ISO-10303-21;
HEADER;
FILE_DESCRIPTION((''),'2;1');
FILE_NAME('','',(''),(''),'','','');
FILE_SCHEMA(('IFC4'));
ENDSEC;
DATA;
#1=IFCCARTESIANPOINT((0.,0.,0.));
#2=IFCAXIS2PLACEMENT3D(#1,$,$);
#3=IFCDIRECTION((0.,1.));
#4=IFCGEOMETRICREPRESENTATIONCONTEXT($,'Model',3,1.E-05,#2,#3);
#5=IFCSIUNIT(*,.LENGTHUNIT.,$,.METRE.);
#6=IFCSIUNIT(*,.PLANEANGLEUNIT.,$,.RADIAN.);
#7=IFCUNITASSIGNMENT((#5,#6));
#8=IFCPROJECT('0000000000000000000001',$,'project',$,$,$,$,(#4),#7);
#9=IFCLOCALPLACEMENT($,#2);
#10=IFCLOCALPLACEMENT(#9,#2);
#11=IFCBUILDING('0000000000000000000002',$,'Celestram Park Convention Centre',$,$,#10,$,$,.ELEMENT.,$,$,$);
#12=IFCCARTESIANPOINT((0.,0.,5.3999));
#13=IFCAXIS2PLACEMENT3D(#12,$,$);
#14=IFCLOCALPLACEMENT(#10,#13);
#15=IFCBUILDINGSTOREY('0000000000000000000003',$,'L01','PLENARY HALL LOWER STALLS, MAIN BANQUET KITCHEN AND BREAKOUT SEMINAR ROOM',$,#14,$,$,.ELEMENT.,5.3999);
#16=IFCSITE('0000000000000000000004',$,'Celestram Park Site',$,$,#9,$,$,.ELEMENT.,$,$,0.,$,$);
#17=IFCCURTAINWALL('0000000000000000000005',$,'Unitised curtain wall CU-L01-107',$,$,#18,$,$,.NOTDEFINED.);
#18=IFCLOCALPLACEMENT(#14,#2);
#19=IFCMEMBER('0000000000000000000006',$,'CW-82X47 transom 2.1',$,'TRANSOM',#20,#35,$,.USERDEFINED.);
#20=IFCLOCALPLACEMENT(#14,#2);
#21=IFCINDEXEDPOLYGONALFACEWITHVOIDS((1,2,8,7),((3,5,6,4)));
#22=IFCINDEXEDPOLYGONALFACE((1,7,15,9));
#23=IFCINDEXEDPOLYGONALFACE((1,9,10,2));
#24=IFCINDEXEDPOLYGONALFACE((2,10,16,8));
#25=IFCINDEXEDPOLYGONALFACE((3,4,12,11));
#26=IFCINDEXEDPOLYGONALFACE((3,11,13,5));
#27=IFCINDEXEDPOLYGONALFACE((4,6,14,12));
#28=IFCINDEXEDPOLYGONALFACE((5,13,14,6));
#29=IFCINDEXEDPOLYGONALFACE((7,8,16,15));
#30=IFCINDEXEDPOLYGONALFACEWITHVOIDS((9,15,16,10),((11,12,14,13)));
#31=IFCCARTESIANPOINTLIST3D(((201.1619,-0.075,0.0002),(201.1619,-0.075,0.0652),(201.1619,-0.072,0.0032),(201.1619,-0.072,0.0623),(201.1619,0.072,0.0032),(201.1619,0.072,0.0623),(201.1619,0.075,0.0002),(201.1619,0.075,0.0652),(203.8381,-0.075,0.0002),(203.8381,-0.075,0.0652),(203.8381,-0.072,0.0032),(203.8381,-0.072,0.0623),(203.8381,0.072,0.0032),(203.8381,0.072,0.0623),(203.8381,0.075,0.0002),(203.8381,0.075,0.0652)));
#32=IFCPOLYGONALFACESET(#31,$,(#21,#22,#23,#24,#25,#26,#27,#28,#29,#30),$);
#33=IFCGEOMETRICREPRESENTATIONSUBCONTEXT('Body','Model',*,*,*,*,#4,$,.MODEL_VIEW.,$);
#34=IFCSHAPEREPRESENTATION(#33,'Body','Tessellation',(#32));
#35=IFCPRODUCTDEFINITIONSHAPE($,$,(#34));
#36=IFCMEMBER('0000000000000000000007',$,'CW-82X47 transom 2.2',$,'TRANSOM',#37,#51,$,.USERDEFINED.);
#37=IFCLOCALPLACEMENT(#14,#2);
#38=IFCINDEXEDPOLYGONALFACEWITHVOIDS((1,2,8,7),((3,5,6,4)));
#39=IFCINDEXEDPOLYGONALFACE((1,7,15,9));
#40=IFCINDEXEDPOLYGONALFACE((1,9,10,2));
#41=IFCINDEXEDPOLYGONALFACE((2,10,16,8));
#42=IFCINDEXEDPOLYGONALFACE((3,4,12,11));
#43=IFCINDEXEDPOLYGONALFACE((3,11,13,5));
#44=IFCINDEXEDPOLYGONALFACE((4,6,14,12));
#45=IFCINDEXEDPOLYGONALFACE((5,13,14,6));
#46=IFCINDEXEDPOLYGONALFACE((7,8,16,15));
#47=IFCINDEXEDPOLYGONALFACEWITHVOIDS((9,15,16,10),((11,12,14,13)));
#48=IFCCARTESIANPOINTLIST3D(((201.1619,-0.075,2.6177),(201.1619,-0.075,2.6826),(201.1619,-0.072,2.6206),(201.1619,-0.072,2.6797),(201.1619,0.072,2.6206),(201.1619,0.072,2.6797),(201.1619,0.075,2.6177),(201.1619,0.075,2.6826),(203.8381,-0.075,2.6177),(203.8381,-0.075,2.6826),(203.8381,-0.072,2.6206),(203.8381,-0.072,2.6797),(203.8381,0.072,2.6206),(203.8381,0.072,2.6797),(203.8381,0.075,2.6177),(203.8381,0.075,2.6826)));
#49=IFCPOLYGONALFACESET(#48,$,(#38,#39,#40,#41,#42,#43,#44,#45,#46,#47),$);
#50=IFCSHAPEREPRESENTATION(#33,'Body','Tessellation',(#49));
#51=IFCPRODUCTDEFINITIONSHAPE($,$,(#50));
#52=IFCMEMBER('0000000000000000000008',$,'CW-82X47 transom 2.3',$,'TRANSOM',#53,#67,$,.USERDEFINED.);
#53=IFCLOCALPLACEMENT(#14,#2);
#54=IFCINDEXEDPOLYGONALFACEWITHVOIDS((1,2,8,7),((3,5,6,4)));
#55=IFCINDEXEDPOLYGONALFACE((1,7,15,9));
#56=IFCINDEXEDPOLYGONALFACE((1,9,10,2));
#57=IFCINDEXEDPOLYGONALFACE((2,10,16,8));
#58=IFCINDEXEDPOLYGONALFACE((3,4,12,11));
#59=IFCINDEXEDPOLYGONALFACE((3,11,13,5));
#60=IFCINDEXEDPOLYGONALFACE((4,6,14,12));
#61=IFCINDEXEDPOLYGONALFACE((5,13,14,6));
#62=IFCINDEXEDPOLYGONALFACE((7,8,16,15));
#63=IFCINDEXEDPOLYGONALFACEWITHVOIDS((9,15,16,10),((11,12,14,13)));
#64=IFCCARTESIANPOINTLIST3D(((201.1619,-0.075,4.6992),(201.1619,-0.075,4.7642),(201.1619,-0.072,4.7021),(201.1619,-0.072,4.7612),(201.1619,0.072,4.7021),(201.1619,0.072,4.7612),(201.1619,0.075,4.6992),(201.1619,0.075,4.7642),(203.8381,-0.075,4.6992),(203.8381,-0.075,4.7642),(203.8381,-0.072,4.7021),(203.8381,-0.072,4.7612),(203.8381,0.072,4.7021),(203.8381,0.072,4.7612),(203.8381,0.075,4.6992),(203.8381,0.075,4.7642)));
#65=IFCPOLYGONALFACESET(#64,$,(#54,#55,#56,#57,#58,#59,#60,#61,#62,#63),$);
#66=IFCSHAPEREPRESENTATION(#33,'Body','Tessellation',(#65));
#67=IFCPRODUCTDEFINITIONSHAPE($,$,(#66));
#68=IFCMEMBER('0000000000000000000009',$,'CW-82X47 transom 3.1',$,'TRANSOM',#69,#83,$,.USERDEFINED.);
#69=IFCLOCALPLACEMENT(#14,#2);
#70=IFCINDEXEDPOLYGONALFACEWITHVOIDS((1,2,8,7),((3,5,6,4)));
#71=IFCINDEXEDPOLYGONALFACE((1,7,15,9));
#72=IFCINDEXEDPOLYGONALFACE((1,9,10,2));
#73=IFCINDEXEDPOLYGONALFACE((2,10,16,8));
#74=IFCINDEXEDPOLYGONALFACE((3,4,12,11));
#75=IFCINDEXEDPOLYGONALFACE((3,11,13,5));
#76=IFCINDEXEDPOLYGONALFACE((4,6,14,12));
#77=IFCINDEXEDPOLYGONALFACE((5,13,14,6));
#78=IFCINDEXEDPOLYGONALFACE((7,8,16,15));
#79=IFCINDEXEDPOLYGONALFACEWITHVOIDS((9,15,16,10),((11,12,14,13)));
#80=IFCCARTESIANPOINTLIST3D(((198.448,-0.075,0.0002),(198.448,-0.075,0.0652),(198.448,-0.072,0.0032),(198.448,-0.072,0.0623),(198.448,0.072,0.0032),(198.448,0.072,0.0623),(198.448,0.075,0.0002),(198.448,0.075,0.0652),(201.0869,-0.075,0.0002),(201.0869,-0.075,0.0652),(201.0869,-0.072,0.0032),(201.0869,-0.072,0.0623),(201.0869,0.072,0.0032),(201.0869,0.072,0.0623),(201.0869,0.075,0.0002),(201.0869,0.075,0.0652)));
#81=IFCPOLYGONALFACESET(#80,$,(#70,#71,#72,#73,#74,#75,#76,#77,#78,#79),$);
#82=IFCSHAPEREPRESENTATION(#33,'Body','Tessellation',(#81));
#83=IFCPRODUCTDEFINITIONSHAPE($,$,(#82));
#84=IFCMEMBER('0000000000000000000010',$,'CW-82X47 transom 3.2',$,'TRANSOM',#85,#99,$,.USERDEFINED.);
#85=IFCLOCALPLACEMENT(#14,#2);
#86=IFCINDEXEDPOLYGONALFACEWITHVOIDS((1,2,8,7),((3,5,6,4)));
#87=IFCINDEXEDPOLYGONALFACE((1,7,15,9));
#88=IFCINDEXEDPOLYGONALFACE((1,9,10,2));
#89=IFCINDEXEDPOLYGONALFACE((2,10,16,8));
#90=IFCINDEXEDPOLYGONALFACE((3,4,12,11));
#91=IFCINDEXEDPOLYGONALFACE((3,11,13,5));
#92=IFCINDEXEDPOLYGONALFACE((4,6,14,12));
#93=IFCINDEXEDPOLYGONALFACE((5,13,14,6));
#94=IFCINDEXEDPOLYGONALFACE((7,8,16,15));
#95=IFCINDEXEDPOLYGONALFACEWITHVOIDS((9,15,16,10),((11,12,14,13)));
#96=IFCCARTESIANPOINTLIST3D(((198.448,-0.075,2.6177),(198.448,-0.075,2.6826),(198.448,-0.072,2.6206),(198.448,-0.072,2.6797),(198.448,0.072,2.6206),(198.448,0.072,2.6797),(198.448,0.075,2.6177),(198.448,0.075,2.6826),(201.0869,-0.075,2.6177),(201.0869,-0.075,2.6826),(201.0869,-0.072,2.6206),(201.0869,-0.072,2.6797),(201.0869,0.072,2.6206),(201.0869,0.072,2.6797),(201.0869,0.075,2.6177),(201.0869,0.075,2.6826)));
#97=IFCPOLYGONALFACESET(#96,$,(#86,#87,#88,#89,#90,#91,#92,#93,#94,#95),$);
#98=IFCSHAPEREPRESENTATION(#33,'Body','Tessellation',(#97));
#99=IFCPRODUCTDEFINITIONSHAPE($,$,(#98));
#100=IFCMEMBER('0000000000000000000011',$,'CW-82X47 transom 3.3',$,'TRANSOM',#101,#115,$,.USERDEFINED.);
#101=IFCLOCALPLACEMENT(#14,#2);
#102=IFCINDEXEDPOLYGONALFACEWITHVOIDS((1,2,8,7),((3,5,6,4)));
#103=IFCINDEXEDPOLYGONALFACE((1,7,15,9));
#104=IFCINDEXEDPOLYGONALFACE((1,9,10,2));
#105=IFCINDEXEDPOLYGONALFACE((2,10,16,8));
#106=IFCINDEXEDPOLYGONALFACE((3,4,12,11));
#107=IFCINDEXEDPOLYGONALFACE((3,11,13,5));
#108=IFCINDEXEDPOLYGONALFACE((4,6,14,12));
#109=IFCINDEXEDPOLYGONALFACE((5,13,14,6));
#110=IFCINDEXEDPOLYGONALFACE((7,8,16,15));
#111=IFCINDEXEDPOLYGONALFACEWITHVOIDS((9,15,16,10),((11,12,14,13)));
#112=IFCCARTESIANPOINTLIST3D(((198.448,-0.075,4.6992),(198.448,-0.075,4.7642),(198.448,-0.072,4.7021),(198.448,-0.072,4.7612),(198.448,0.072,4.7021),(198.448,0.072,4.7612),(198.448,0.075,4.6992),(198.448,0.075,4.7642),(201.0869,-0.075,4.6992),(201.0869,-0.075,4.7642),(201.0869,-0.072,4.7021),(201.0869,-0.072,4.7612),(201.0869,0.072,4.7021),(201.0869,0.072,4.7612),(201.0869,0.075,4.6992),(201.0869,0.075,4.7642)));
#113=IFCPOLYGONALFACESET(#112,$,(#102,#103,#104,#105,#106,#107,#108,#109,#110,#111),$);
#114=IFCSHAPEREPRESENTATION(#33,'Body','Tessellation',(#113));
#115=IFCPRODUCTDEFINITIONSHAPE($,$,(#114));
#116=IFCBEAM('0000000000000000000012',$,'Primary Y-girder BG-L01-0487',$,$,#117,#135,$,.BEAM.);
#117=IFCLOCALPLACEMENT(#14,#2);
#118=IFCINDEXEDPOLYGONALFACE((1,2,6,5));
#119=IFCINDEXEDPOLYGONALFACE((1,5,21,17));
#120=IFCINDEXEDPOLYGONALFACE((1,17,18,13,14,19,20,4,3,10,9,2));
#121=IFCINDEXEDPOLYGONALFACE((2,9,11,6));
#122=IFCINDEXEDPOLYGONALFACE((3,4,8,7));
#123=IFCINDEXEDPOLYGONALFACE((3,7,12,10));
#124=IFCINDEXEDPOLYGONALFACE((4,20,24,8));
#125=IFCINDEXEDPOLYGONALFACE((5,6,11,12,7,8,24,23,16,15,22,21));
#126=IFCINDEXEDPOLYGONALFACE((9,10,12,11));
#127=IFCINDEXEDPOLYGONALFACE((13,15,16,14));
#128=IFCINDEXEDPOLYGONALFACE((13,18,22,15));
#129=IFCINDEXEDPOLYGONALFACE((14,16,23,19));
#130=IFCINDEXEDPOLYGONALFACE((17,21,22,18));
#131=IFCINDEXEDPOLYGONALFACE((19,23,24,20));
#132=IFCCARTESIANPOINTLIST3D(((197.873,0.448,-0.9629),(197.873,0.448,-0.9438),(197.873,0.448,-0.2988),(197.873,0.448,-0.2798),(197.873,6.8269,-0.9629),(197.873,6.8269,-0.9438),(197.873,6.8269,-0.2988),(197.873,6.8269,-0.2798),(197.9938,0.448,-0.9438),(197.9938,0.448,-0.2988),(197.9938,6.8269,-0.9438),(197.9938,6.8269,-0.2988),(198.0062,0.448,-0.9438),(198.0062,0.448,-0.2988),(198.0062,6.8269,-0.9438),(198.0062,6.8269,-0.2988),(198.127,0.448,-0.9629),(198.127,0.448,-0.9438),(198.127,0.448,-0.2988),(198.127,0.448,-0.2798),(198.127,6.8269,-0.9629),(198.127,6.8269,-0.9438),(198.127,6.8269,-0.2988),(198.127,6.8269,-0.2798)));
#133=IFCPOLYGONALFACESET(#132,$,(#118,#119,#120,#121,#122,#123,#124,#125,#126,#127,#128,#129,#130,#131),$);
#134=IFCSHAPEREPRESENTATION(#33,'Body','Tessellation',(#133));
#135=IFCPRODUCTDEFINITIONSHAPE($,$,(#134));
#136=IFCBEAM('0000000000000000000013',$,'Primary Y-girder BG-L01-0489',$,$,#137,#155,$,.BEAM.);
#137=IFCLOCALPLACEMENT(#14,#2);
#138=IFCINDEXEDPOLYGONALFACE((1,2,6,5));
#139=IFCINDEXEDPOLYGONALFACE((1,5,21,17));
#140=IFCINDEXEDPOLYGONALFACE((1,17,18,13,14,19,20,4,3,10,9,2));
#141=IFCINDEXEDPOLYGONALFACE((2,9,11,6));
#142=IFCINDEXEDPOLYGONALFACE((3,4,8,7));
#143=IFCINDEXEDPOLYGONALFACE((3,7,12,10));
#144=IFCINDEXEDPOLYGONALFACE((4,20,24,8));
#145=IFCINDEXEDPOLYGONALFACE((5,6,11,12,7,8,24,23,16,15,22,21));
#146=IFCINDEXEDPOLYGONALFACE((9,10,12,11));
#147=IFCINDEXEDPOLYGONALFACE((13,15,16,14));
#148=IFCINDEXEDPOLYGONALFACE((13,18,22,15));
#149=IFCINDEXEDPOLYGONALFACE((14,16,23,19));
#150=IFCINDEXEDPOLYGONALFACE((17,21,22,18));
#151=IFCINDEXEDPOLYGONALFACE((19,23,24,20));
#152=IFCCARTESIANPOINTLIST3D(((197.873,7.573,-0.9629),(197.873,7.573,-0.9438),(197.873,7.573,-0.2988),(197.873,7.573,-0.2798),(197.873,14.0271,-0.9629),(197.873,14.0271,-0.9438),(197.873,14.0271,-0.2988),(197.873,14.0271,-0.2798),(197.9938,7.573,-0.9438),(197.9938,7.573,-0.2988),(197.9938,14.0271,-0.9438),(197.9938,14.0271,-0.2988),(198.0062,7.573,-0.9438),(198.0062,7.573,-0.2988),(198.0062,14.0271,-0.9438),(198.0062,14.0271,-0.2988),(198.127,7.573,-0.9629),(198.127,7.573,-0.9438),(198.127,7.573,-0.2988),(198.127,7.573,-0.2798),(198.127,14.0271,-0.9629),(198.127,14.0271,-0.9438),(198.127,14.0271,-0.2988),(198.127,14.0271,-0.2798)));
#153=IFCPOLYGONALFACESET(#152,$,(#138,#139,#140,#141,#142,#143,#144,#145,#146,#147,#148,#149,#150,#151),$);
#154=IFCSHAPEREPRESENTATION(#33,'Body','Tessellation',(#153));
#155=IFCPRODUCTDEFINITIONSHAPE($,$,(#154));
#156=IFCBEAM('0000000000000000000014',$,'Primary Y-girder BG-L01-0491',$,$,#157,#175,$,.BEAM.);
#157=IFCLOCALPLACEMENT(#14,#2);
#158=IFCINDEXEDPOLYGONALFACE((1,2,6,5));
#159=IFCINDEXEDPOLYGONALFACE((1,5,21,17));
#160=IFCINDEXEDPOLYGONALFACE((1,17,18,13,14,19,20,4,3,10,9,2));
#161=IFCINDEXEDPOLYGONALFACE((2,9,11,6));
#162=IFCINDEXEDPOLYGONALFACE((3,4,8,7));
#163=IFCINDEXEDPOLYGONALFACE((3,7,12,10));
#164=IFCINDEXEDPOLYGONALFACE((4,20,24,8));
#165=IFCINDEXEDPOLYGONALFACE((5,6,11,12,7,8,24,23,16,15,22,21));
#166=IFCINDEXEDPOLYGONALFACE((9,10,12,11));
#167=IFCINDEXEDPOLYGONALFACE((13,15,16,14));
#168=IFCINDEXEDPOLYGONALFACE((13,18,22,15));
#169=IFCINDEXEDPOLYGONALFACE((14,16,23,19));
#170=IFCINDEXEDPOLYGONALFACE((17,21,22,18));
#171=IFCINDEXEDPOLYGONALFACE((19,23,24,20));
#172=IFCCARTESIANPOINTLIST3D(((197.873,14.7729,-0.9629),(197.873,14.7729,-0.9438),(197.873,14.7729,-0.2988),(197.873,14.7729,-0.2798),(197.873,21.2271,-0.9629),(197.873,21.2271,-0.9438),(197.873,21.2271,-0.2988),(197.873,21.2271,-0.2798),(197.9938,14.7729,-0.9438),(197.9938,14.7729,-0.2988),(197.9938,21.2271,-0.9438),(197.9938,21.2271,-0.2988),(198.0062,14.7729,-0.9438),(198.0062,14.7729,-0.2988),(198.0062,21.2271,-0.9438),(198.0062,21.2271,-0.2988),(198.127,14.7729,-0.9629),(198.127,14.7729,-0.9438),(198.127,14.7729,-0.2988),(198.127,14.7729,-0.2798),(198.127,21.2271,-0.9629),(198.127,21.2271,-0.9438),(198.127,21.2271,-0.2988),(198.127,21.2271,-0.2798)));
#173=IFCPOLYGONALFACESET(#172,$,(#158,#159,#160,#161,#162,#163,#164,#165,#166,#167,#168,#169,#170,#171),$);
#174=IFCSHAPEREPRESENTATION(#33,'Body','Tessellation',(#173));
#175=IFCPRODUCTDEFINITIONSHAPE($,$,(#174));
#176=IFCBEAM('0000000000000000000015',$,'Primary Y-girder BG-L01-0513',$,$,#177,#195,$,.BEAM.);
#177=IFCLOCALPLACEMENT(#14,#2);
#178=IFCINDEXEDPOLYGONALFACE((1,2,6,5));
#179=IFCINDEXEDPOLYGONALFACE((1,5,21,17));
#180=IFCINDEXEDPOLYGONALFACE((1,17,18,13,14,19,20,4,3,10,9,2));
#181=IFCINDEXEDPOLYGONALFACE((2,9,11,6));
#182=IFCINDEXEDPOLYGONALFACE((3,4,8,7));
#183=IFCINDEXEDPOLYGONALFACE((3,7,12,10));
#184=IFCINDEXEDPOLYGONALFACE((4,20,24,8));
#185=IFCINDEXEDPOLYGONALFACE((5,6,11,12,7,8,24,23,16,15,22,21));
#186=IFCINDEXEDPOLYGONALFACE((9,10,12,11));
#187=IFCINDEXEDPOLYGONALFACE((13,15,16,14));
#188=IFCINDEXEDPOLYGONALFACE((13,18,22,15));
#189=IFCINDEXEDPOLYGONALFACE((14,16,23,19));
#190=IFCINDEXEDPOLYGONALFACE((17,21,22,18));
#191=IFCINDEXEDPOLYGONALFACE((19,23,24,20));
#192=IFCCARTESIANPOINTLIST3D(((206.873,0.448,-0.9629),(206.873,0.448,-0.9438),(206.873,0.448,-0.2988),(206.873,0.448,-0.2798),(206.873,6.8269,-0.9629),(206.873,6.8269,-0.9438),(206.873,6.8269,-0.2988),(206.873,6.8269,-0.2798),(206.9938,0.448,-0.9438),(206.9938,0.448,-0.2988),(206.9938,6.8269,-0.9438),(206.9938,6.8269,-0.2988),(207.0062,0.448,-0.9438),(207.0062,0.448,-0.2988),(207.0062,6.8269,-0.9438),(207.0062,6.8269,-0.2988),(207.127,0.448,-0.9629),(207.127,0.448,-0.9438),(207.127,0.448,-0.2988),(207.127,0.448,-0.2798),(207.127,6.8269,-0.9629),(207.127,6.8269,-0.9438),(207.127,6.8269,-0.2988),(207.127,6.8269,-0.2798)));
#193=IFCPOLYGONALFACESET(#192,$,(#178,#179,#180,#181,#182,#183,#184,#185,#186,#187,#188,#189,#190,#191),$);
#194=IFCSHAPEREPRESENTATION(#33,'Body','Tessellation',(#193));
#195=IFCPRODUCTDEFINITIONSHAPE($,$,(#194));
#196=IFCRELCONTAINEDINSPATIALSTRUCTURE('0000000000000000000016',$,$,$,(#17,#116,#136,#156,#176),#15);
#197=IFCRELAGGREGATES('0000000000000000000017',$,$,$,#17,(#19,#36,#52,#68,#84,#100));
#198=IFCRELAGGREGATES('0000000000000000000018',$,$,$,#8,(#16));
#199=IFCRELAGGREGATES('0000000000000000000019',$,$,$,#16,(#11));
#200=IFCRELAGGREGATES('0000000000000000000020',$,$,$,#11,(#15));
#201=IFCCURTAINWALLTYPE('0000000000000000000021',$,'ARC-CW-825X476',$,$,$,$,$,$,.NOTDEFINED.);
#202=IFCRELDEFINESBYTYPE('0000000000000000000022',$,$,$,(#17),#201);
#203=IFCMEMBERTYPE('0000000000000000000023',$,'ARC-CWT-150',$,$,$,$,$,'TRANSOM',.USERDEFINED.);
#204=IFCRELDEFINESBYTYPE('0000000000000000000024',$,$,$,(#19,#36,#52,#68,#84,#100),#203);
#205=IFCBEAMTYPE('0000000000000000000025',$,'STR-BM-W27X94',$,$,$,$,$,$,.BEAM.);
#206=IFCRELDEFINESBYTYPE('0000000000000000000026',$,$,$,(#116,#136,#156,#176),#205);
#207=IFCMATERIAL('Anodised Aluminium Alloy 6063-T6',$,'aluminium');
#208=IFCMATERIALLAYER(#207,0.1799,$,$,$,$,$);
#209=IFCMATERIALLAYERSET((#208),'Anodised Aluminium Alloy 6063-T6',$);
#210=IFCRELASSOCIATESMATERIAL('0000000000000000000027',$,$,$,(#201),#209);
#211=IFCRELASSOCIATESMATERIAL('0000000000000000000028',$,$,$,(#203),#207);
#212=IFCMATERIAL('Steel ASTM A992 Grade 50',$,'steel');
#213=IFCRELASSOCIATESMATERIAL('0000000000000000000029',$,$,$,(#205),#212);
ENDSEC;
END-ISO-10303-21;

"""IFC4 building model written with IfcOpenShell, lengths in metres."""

from ifc_helpers import new_model, si_unit, direction, frame, origin, origin_2d, place, context, subcontext, project, spatial, hollow_rectangle, i_section, extrude, material, layer, layer_set, material_profile, profile_set, type_object, element, aggregate, save


model = new_model("IFC4")

# Units and contexts
model_context = context("Model", 3, precision=1e-05, world=origin(), true_north=direction((0.0, 1.0)))
body_context = subcontext(model_context, "Body", "Model", "MODEL_VIEW")
ifc_project = project(units=[si_unit("LENGTHUNIT", "METRE"), si_unit("PLANEANGLEUNIT", "RADIAN")], contexts=[model_context])

# Site, building, storey
site_placement = place(None, origin())
site = spatial("IfcSite", under=ifc_project, at=site_placement, Name="Celestram Park Site", CompositionType="ELEMENT", RefElevation=0.0)
building_placement = place(site_placement, origin())
building = spatial("IfcBuilding", under=site, at=building_placement, Name="Celestram Park Convention Centre", CompositionType="ELEMENT")
storey_placement = place(building_placement, frame((0.0, 0.0, 5.3999)))
storey = spatial("IfcBuildingStorey", under=building, at=storey_placement, Name="L01", Description="PLENARY HALL LOWER STALLS, MAIN BANQUET KITCHEN AND BREAKOUT SEMINAR ROOM", CompositionType="ELEMENT", Elevation=5.3999)

# Shared definitions
ifc_material_1 = material(Name="Anodised Aluminium Alloy 6063-T6", Category="aluminium")
ifc_layer_1 = layer(ifc_material_1, 0.1799)
ifc_layer_set_1 = layer_set([ifc_layer_1], Name="Anodised Aluminium Alloy 6063-T6")
curtain_wall_type = type_object("IfcCurtainWallType", Name="ARC-CW-825X476", PredefinedType="NOTDEFINED", material=ifc_layer_set_1)

# Curtain wall, members
curtain_wall_1_placement = place(storey_placement, origin())
curtain_wall_1 = element("IfcCurtainWall", 1, at=curtain_wall_1_placement, inside=storey, type_object=curtain_wall_type, Name="Unitised curtain wall CU-L01-107", PredefinedType="NOTDEFINED")
ifc_material_profile_1 = material_profile(ifc_material_1, hollow_rectangle(XDim=0.1499, YDim=0.0649, WallThickness=0.0029, at=origin_2d()), Name="ALU150X65X3")
ifc_profile_set_1 = profile_set([ifc_material_profile_1], Name="Anodised Aluminium Alloy 6063-T6")
member_type_1 = type_object("IfcMemberType", Name="ARC-CWT-150", ElementType="TRANSOM", PredefinedType="USERDEFINED", material=ifc_profile_set_1)
member_1_placement = place(storey_placement, frame((203.8381, 0.0, 0.0327), z_axis=(-1.0, 0.0, 0.0), x_axis=(0.0, -1.0, 0.0)))
member_1 = element("IfcMember", 2, at=member_1_placement, type_object=member_type_1, Name="CW-82X47 transom 2.1", ObjectType="TRANSOM", PredefinedType="USERDEFINED", context=body_context, shape_type="SweptSolid", body=[
    extrude(hollow_rectangle(XDim=0.1499, YDim=0.0649, WallThickness=0.0029, at=origin_2d()), origin(), (0.0, 0.0, 1.0), 2.6763),
])
member_2_placement = place(storey_placement, frame((203.8381, 0.0, 2.6501), z_axis=(-1.0, 0.0, 0.0), x_axis=(0.0, -1.0, 0.0)))
member_2 = element("IfcMember", 3, at=member_2_placement, type_object=member_type_1, Name="CW-82X47 transom 2.2", ObjectType="TRANSOM", PredefinedType="USERDEFINED", context=body_context, shape_type="SweptSolid", body=[
    extrude(hollow_rectangle(XDim=0.1499, YDim=0.0649, WallThickness=0.0029, at=origin_2d()), origin(), (0.0, 0.0, 1.0), 2.6763),
])
member_3_placement = place(storey_placement, frame((203.8381, 0.0, 4.7317), z_axis=(-1.0, 0.0, 0.0), x_axis=(0.0, -1.0, 0.0)))
member_3 = element("IfcMember", 4, at=member_3_placement, type_object=member_type_1, Name="CW-82X47 transom 2.3", ObjectType="TRANSOM", PredefinedType="USERDEFINED", context=body_context, shape_type="SweptSolid", body=[
    extrude(hollow_rectangle(XDim=0.1499, YDim=0.0649, WallThickness=0.0029, at=origin_2d()), origin(), (0.0, 0.0, 1.0), 2.6763),
])
member_4_placement = place(storey_placement, frame((201.0869, 0.0, 0.0327), z_axis=(-1.0, 0.0, 0.0), x_axis=(0.0, -1.0, 0.0)))
member_4 = element("IfcMember", 5, at=member_4_placement, type_object=member_type_1, Name="CW-82X47 transom 3.1", ObjectType="TRANSOM", PredefinedType="USERDEFINED", context=body_context, shape_type="SweptSolid", body=[
    extrude(hollow_rectangle(XDim=0.1499, YDim=0.0649, WallThickness=0.0029, at=origin_2d()), origin(), (0.0, 0.0, 1.0), 2.6389),
])
member_5_placement = place(storey_placement, frame((201.0869, 0.0, 2.6501), z_axis=(-1.0, 0.0, 0.0), x_axis=(0.0, -1.0, 0.0)))
member_5 = element("IfcMember", 6, at=member_5_placement, type_object=member_type_1, Name="CW-82X47 transom 3.2", ObjectType="TRANSOM", PredefinedType="USERDEFINED", context=body_context, shape_type="SweptSolid", body=[
    extrude(hollow_rectangle(XDim=0.1499, YDim=0.0649, WallThickness=0.0029, at=origin_2d()), origin(), (0.0, 0.0, 1.0), 2.6389),
])
member_6_placement = place(storey_placement, frame((201.0869, 0.0, 4.7317), z_axis=(-1.0, 0.0, 0.0), x_axis=(0.0, -1.0, 0.0)))
member_6 = element("IfcMember", 7, at=member_6_placement, type_object=member_type_1, Name="CW-82X47 transom 3.3", ObjectType="TRANSOM", PredefinedType="USERDEFINED", context=body_context, shape_type="SweptSolid", body=[
    extrude(hollow_rectangle(XDim=0.1499, YDim=0.0649, WallThickness=0.0029, at=origin_2d()), origin(), (0.0, 0.0, 1.0), 2.6389),
])

# Beams
ifc_material_2 = material(Name="Steel ASTM A992 Grade 50", Category="steel")
ifc_material_profile_2 = material_profile(ifc_material_2, i_section(OverallWidth=0.2539, OverallDepth=0.6831, WebThickness=0.0125, FlangeThickness=0.019, at=origin_2d()), Name="W27X94")
ifc_profile_set_2 = profile_set([ifc_material_profile_2], Name="Steel ASTM A992 Grade 50")
beam_type_1 = type_object("IfcBeamType", Name="STR-BM-W27X94", PredefinedType="BEAM", material=ifc_profile_set_2)
beam_1_placement = place(storey_placement, frame((198.0, 0.448, -0.6213), z_axis=(0.0, 1.0, 0.0), x_axis=(-1.0, 0.0, 0.0)))
element("IfcBeam", 8, at=beam_1_placement, inside=storey, type_object=beam_type_1, Name="Primary Y-girder BG-L01-0487", PredefinedType="BEAM", context=body_context, shape_type="SweptSolid", body=[
    extrude(i_section(OverallWidth=0.2539, OverallDepth=0.6831, WebThickness=0.0125, FlangeThickness=0.019, at=origin_2d()), origin(), (0.0, 0.0, 1.0), 6.3789),
])
for number, where, z_axis, x_axis, name in (
    (9, (198.0, 7.573, -0.6213), (0.0, 1.0, 0.0), (-1.0, 0.0, 0.0), "Primary Y-girder BG-L01-0489"),
    (10, (198.0, 14.7729, -0.6213), (0.0, 1.0, 0.0), (-1.0, 0.0, 0.0), "Primary Y-girder BG-L01-0491"),
):
    element("IfcBeam", number, at=place(storey_placement, frame(where, z_axis=z_axis, x_axis=x_axis)), inside=storey, type_object=beam_type_1, Name=name, PredefinedType="BEAM", context=body_context, shape_type="SweptSolid", body=[
        extrude(i_section(OverallWidth=0.2539, OverallDepth=0.6831, WebThickness=0.0125, FlangeThickness=0.019, at=origin_2d()), origin(), (0.0, 0.0, 1.0), 6.4541),
    ])
beam_2_placement = place(storey_placement, frame((207.0, 0.448, -0.6213), z_axis=(0.0, 1.0, 0.0), x_axis=(-1.0, 0.0, 0.0)))
element("IfcBeam", 11, at=beam_2_placement, inside=storey, type_object=beam_type_1, Name="Primary Y-girder BG-L01-0513", PredefinedType="BEAM", context=body_context, shape_type="SweptSolid", body=[
    extrude(i_section(OverallWidth=0.2539, OverallDepth=0.6831, WebThickness=0.0125, FlangeThickness=0.019, at=origin_2d()), origin(), (0.0, 0.0, 1.0), 6.3789),
])

aggregate(curtain_wall_1, [member_1, member_2, member_3, member_4, member_5, member_6])

save(model, "model.ifc")
